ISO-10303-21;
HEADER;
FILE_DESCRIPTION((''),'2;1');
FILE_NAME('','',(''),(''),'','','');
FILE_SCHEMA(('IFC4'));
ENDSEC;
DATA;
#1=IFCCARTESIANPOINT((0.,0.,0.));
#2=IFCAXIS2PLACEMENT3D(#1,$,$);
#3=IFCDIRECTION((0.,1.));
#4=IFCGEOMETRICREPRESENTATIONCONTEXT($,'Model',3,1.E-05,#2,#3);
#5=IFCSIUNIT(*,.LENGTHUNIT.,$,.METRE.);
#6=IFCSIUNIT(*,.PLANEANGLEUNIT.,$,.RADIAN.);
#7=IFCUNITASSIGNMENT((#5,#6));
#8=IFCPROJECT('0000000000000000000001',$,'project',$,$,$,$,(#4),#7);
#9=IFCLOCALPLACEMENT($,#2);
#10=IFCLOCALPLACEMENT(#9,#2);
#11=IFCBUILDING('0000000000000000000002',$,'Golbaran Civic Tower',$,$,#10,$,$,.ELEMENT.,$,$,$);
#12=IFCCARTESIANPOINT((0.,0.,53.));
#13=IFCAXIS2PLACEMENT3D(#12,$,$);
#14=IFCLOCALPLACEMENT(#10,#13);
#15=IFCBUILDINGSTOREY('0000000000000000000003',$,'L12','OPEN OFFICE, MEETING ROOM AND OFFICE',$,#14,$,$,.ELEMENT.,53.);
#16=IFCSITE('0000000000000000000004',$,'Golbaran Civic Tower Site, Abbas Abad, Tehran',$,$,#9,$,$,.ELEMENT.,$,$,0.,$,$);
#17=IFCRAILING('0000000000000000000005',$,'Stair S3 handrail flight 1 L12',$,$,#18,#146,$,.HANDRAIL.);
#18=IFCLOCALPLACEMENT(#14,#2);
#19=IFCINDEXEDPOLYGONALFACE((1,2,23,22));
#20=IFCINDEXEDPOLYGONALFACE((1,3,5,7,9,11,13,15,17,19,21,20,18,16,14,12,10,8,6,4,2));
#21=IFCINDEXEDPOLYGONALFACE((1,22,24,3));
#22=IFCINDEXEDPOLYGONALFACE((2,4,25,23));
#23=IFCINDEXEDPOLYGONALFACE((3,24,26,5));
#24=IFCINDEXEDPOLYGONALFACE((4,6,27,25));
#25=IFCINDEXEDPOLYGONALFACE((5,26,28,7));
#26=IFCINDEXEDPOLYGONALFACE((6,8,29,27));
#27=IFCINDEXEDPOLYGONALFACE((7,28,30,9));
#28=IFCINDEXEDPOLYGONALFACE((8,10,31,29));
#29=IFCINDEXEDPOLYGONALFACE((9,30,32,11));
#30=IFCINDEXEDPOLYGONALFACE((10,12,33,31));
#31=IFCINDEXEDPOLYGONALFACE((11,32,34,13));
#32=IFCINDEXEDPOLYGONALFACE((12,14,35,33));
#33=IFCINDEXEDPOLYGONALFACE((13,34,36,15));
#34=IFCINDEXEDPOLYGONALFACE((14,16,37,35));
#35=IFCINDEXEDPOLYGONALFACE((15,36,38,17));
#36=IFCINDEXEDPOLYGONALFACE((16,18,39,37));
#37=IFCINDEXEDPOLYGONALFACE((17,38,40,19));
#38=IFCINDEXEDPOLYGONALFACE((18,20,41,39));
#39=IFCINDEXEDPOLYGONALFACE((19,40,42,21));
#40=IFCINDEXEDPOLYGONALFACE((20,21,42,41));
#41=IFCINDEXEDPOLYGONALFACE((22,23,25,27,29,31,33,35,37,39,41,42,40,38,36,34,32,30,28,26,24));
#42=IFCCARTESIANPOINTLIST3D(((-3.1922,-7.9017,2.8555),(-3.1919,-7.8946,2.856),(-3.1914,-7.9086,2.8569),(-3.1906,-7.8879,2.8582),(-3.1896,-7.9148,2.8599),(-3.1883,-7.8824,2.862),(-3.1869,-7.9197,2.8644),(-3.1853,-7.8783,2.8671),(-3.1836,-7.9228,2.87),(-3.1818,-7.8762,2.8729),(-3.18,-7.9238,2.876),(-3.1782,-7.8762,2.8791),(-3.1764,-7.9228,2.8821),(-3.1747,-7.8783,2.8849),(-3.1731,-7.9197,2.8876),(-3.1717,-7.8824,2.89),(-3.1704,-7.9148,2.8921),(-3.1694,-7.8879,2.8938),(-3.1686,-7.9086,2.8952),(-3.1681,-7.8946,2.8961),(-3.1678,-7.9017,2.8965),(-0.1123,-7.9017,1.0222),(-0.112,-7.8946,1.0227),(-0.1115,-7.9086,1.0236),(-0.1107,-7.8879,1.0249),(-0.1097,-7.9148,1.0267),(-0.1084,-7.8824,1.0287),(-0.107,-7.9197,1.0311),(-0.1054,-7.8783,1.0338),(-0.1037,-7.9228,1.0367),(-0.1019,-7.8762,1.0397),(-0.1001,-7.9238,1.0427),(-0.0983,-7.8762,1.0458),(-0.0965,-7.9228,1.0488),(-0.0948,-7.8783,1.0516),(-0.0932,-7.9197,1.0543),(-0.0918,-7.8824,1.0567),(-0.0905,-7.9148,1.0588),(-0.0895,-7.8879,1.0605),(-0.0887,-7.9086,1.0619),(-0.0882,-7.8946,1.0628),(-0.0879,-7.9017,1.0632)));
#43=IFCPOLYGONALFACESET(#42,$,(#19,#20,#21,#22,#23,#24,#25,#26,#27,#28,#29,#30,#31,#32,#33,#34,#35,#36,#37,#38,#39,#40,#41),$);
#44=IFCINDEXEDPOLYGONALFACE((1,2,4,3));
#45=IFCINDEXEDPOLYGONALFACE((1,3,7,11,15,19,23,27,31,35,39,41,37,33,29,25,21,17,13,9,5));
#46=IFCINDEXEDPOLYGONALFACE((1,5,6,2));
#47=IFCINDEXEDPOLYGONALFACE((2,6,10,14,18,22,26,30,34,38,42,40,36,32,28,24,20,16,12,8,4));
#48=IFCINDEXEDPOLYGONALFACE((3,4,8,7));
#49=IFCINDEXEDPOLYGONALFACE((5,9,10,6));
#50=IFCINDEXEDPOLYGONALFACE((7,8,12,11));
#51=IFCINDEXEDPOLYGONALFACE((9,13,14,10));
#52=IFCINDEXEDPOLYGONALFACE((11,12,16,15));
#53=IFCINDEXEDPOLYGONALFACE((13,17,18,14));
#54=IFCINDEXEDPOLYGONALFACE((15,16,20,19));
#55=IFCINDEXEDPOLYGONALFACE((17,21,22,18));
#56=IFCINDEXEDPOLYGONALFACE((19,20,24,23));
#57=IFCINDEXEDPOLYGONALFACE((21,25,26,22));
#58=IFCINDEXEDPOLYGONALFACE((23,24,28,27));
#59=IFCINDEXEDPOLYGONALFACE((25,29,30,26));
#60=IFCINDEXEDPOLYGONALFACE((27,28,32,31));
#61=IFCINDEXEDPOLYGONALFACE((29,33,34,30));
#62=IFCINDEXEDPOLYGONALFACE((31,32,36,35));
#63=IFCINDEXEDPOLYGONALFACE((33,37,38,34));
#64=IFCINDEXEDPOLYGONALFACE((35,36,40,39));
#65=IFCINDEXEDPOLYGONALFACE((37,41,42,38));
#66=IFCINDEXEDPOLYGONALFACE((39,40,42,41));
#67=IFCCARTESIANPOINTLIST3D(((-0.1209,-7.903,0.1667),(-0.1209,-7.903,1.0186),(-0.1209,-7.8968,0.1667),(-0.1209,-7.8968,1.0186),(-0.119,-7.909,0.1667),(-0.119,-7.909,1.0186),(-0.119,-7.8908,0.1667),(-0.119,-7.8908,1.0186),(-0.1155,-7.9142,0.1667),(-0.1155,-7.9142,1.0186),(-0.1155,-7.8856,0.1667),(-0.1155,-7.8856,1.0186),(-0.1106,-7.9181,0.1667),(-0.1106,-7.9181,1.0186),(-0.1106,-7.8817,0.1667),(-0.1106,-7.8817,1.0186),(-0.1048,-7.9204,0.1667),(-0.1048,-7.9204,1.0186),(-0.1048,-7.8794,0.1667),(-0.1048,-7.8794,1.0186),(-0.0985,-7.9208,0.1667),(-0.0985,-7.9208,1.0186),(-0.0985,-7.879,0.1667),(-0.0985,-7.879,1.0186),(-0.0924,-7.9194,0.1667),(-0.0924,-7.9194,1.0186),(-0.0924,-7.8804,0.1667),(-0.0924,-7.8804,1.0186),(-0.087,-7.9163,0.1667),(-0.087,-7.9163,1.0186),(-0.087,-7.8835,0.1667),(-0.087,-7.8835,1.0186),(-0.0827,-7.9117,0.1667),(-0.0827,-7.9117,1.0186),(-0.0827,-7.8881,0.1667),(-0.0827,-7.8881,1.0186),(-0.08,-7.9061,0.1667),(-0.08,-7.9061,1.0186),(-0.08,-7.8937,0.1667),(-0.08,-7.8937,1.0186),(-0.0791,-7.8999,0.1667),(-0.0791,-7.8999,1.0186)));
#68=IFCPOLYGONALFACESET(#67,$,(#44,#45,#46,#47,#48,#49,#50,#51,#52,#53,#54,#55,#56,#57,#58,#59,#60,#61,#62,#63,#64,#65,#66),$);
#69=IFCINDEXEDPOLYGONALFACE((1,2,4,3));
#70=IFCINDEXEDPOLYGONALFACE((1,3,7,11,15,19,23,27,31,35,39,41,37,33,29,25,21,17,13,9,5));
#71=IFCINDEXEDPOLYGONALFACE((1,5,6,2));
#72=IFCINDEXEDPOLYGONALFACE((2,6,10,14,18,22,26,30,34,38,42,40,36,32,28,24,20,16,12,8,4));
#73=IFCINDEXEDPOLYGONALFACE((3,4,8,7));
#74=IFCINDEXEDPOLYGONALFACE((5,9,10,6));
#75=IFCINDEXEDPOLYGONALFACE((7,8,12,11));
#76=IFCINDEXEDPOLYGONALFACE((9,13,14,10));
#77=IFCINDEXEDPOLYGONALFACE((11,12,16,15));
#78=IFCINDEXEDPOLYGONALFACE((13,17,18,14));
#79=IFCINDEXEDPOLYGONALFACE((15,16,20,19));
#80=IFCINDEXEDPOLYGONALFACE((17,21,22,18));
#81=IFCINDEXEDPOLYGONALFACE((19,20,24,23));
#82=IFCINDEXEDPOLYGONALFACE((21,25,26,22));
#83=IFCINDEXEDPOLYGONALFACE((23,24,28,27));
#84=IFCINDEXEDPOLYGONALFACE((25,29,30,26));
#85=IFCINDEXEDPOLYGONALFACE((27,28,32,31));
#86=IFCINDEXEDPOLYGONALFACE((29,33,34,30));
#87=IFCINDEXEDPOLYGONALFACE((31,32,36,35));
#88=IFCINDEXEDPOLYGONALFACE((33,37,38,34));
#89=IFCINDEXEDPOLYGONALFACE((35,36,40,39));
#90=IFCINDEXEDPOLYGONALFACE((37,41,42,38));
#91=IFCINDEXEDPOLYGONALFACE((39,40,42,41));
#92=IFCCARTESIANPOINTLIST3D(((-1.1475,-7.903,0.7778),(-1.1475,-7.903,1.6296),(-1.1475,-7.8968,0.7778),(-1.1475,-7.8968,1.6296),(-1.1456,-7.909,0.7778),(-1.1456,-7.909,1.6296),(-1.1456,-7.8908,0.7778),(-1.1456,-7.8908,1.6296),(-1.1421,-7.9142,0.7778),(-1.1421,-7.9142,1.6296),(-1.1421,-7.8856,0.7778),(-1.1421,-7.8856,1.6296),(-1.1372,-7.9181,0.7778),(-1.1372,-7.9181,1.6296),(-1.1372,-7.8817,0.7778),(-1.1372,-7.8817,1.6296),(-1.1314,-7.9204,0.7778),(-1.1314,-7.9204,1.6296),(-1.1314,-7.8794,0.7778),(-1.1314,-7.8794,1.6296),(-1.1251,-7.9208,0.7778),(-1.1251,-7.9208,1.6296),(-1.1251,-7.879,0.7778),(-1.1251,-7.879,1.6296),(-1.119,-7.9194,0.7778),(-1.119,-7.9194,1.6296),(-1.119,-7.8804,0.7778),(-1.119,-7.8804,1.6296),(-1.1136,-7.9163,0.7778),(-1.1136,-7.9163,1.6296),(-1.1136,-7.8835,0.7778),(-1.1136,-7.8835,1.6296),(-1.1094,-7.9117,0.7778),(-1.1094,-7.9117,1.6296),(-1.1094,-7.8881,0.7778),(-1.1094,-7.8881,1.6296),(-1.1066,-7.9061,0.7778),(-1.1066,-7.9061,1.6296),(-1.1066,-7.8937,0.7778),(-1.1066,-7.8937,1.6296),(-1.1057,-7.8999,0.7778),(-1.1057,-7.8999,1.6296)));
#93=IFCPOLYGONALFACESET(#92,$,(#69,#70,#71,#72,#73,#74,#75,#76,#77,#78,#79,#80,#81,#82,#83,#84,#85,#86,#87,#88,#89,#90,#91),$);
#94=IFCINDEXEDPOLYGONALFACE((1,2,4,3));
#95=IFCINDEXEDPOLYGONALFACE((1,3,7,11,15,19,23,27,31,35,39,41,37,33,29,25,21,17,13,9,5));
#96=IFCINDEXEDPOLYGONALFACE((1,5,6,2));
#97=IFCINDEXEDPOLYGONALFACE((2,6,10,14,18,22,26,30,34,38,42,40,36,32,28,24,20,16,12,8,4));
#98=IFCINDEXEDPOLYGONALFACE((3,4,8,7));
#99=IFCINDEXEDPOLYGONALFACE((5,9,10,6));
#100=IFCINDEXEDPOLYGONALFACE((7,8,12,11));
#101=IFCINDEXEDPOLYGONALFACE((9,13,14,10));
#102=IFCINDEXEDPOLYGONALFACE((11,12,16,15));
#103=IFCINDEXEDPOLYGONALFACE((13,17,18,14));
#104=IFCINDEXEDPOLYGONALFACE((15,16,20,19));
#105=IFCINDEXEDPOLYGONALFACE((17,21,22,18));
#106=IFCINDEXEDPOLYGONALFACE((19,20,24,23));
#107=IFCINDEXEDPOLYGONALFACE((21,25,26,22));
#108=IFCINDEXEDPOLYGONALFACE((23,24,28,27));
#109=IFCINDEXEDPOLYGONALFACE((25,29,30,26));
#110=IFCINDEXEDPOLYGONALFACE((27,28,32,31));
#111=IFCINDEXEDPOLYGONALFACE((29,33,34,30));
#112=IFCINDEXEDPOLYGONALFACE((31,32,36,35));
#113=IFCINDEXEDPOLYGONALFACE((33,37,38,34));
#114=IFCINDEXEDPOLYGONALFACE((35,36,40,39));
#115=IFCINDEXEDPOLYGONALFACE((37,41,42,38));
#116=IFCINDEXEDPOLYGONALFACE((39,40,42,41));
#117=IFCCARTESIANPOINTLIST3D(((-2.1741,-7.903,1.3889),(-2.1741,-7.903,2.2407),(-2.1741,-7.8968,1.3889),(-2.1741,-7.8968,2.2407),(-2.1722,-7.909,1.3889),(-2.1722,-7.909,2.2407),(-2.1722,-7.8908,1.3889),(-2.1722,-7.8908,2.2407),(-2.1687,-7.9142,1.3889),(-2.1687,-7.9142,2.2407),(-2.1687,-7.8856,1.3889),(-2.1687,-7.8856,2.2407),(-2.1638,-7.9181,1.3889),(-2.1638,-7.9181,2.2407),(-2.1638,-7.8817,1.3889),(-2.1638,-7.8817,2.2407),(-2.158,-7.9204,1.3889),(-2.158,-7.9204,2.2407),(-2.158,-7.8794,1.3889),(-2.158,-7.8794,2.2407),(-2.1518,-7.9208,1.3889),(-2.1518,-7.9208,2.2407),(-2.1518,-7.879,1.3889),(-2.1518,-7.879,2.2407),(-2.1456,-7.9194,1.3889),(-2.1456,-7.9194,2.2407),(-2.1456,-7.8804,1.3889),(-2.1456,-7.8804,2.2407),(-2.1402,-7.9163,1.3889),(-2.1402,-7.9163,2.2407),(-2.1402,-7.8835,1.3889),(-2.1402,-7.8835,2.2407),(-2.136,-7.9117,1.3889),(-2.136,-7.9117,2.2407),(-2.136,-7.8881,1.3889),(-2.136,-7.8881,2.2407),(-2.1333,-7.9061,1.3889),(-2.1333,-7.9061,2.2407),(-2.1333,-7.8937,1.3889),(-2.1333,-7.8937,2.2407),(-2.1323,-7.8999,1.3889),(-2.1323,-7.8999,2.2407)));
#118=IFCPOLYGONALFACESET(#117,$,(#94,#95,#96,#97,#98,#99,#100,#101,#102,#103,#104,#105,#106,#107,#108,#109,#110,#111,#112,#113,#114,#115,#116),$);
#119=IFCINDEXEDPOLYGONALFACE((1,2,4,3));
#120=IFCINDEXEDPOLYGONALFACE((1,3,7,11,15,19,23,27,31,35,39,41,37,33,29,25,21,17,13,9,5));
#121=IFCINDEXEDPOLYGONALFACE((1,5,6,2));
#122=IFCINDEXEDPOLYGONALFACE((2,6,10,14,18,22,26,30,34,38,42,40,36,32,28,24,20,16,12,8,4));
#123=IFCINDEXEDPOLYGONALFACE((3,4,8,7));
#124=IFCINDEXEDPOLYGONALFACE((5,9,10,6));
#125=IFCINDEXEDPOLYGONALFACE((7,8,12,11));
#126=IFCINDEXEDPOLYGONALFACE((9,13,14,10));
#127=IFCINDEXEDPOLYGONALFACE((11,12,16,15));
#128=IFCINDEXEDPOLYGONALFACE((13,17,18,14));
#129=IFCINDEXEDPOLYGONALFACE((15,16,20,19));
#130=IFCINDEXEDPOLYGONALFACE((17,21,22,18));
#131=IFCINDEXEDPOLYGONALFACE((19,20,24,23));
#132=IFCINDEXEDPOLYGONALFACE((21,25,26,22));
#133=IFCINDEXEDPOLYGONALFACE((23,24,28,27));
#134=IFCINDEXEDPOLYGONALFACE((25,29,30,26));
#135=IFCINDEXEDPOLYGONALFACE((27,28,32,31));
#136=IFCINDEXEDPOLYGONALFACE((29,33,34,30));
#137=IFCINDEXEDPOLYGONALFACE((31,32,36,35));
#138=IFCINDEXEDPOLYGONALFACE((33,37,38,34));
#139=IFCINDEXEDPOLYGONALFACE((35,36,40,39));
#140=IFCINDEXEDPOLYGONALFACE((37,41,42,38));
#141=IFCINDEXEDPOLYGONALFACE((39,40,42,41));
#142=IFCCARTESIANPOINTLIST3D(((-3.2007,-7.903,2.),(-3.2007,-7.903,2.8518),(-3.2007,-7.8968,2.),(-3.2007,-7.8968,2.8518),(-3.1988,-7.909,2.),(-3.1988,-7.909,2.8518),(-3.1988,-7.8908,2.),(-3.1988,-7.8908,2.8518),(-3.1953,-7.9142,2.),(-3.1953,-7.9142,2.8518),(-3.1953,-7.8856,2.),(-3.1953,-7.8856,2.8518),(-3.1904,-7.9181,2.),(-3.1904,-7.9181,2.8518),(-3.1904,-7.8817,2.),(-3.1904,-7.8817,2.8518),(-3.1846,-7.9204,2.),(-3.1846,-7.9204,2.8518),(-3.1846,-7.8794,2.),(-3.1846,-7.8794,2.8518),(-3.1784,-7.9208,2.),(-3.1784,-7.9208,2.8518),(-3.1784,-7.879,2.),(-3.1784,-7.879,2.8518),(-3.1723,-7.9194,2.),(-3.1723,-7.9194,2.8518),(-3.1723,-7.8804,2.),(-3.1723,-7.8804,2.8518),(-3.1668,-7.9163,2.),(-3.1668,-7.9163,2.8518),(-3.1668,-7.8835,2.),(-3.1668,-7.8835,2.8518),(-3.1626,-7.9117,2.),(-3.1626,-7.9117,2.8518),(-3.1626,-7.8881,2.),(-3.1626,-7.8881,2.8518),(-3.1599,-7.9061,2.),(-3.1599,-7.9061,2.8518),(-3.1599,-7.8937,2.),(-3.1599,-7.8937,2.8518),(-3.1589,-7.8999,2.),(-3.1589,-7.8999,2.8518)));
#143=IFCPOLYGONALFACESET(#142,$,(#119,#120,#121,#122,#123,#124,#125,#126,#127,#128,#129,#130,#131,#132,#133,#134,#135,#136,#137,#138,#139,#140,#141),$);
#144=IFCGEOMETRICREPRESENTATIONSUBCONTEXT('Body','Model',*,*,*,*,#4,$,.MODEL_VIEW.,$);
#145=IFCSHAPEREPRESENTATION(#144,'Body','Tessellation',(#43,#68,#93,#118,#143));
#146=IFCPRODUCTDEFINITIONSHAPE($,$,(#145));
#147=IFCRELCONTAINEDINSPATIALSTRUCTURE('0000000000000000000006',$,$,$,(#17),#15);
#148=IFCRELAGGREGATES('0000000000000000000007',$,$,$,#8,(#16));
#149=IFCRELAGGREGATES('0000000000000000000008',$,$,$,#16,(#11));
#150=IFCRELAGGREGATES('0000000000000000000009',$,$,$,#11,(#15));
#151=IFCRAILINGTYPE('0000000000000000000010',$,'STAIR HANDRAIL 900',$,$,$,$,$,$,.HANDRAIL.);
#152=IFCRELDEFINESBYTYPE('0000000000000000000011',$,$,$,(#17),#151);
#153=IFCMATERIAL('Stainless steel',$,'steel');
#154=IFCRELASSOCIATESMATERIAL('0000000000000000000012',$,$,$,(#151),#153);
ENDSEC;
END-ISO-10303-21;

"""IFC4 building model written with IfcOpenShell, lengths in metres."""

from ifc_helpers import new_model, si_unit, direction, frame, origin, origin_2d, place, context, subcontext, project, spatial, circle, extrude, material, type_object, element, save


model = new_model("IFC4")

# Units and contexts
model_context = context("Model", 3, precision=1e-05, world=origin(), true_north=direction((0.0, 1.0)))
body_context = subcontext(model_context, "Body", "Model", "MODEL_VIEW")
ifc_project = project(units=[si_unit("LENGTHUNIT", "METRE"), si_unit("PLANEANGLEUNIT", "RADIAN")], contexts=[model_context])

# Site, building, storey
site_placement = place(None, origin())
site = spatial("IfcSite", under=ifc_project, at=site_placement, Name="Golbaran Civic Tower Site, Abbas Abad, Tehran", CompositionType="ELEMENT", RefElevation=0.0)
building_placement = place(site_placement, origin())
building = spatial("IfcBuilding", under=site, at=building_placement, Name="Golbaran Civic Tower", CompositionType="ELEMENT")
storey_placement = place(building_placement, frame((0.0, 0.0, 53.0)))
storey = spatial("IfcBuildingStorey", under=building, at=storey_placement, Name="L12", Description="OPEN OFFICE, MEETING ROOM AND OFFICE", CompositionType="ELEMENT", Elevation=53.0)

# Shared definitions
ifc_material_1 = material(Name="Stainless steel", Category="steel")

# Railing
railing_type = type_object("IfcRailingType", Name="STAIR HANDRAIL 900", PredefinedType="HANDRAIL", material=ifc_material_1)
railing_1_placement = place(storey_placement, frame((-0.1001, -7.8999, 0.1667)))
element("IfcRailing", 1, at=railing_1_placement, inside=storey, type_object=railing_type, Name="Stair S3 handrail flight 1 L12", PredefinedType="HANDRAIL", context=body_context, shape_type="SweptSolid", body=[
    extrude(circle(Radius=0.0239, at=origin_2d()), frame((0.0, 0.0, 0.876), z_axis=(-0.859291, 0.0, 0.511487), x_axis=(0.0, -1.0, 0.0)), (0.0, 0.0, 1.0), 3.5842),
    extrude(circle(Radius=0.021, at=origin_2d()), origin(), (0.0, 0.0, 1.0), 0.8518),
    extrude(circle(Radius=0.021, at=origin_2d()), frame((-1.0266, 0.0, 0.6111)), (0.0, 0.0, 1.0), 0.8518),
    extrude(circle(Radius=0.021, at=origin_2d()), frame((-2.0532, 0.0, 1.2222)), (0.0, 0.0, 1.0), 0.8518),
    extrude(circle(Radius=0.021, at=origin_2d()), frame((-3.0798, 0.0, 1.8333)), (0.0, 0.0, 1.0), 0.8518),
])

save(model, "model.ifc")
